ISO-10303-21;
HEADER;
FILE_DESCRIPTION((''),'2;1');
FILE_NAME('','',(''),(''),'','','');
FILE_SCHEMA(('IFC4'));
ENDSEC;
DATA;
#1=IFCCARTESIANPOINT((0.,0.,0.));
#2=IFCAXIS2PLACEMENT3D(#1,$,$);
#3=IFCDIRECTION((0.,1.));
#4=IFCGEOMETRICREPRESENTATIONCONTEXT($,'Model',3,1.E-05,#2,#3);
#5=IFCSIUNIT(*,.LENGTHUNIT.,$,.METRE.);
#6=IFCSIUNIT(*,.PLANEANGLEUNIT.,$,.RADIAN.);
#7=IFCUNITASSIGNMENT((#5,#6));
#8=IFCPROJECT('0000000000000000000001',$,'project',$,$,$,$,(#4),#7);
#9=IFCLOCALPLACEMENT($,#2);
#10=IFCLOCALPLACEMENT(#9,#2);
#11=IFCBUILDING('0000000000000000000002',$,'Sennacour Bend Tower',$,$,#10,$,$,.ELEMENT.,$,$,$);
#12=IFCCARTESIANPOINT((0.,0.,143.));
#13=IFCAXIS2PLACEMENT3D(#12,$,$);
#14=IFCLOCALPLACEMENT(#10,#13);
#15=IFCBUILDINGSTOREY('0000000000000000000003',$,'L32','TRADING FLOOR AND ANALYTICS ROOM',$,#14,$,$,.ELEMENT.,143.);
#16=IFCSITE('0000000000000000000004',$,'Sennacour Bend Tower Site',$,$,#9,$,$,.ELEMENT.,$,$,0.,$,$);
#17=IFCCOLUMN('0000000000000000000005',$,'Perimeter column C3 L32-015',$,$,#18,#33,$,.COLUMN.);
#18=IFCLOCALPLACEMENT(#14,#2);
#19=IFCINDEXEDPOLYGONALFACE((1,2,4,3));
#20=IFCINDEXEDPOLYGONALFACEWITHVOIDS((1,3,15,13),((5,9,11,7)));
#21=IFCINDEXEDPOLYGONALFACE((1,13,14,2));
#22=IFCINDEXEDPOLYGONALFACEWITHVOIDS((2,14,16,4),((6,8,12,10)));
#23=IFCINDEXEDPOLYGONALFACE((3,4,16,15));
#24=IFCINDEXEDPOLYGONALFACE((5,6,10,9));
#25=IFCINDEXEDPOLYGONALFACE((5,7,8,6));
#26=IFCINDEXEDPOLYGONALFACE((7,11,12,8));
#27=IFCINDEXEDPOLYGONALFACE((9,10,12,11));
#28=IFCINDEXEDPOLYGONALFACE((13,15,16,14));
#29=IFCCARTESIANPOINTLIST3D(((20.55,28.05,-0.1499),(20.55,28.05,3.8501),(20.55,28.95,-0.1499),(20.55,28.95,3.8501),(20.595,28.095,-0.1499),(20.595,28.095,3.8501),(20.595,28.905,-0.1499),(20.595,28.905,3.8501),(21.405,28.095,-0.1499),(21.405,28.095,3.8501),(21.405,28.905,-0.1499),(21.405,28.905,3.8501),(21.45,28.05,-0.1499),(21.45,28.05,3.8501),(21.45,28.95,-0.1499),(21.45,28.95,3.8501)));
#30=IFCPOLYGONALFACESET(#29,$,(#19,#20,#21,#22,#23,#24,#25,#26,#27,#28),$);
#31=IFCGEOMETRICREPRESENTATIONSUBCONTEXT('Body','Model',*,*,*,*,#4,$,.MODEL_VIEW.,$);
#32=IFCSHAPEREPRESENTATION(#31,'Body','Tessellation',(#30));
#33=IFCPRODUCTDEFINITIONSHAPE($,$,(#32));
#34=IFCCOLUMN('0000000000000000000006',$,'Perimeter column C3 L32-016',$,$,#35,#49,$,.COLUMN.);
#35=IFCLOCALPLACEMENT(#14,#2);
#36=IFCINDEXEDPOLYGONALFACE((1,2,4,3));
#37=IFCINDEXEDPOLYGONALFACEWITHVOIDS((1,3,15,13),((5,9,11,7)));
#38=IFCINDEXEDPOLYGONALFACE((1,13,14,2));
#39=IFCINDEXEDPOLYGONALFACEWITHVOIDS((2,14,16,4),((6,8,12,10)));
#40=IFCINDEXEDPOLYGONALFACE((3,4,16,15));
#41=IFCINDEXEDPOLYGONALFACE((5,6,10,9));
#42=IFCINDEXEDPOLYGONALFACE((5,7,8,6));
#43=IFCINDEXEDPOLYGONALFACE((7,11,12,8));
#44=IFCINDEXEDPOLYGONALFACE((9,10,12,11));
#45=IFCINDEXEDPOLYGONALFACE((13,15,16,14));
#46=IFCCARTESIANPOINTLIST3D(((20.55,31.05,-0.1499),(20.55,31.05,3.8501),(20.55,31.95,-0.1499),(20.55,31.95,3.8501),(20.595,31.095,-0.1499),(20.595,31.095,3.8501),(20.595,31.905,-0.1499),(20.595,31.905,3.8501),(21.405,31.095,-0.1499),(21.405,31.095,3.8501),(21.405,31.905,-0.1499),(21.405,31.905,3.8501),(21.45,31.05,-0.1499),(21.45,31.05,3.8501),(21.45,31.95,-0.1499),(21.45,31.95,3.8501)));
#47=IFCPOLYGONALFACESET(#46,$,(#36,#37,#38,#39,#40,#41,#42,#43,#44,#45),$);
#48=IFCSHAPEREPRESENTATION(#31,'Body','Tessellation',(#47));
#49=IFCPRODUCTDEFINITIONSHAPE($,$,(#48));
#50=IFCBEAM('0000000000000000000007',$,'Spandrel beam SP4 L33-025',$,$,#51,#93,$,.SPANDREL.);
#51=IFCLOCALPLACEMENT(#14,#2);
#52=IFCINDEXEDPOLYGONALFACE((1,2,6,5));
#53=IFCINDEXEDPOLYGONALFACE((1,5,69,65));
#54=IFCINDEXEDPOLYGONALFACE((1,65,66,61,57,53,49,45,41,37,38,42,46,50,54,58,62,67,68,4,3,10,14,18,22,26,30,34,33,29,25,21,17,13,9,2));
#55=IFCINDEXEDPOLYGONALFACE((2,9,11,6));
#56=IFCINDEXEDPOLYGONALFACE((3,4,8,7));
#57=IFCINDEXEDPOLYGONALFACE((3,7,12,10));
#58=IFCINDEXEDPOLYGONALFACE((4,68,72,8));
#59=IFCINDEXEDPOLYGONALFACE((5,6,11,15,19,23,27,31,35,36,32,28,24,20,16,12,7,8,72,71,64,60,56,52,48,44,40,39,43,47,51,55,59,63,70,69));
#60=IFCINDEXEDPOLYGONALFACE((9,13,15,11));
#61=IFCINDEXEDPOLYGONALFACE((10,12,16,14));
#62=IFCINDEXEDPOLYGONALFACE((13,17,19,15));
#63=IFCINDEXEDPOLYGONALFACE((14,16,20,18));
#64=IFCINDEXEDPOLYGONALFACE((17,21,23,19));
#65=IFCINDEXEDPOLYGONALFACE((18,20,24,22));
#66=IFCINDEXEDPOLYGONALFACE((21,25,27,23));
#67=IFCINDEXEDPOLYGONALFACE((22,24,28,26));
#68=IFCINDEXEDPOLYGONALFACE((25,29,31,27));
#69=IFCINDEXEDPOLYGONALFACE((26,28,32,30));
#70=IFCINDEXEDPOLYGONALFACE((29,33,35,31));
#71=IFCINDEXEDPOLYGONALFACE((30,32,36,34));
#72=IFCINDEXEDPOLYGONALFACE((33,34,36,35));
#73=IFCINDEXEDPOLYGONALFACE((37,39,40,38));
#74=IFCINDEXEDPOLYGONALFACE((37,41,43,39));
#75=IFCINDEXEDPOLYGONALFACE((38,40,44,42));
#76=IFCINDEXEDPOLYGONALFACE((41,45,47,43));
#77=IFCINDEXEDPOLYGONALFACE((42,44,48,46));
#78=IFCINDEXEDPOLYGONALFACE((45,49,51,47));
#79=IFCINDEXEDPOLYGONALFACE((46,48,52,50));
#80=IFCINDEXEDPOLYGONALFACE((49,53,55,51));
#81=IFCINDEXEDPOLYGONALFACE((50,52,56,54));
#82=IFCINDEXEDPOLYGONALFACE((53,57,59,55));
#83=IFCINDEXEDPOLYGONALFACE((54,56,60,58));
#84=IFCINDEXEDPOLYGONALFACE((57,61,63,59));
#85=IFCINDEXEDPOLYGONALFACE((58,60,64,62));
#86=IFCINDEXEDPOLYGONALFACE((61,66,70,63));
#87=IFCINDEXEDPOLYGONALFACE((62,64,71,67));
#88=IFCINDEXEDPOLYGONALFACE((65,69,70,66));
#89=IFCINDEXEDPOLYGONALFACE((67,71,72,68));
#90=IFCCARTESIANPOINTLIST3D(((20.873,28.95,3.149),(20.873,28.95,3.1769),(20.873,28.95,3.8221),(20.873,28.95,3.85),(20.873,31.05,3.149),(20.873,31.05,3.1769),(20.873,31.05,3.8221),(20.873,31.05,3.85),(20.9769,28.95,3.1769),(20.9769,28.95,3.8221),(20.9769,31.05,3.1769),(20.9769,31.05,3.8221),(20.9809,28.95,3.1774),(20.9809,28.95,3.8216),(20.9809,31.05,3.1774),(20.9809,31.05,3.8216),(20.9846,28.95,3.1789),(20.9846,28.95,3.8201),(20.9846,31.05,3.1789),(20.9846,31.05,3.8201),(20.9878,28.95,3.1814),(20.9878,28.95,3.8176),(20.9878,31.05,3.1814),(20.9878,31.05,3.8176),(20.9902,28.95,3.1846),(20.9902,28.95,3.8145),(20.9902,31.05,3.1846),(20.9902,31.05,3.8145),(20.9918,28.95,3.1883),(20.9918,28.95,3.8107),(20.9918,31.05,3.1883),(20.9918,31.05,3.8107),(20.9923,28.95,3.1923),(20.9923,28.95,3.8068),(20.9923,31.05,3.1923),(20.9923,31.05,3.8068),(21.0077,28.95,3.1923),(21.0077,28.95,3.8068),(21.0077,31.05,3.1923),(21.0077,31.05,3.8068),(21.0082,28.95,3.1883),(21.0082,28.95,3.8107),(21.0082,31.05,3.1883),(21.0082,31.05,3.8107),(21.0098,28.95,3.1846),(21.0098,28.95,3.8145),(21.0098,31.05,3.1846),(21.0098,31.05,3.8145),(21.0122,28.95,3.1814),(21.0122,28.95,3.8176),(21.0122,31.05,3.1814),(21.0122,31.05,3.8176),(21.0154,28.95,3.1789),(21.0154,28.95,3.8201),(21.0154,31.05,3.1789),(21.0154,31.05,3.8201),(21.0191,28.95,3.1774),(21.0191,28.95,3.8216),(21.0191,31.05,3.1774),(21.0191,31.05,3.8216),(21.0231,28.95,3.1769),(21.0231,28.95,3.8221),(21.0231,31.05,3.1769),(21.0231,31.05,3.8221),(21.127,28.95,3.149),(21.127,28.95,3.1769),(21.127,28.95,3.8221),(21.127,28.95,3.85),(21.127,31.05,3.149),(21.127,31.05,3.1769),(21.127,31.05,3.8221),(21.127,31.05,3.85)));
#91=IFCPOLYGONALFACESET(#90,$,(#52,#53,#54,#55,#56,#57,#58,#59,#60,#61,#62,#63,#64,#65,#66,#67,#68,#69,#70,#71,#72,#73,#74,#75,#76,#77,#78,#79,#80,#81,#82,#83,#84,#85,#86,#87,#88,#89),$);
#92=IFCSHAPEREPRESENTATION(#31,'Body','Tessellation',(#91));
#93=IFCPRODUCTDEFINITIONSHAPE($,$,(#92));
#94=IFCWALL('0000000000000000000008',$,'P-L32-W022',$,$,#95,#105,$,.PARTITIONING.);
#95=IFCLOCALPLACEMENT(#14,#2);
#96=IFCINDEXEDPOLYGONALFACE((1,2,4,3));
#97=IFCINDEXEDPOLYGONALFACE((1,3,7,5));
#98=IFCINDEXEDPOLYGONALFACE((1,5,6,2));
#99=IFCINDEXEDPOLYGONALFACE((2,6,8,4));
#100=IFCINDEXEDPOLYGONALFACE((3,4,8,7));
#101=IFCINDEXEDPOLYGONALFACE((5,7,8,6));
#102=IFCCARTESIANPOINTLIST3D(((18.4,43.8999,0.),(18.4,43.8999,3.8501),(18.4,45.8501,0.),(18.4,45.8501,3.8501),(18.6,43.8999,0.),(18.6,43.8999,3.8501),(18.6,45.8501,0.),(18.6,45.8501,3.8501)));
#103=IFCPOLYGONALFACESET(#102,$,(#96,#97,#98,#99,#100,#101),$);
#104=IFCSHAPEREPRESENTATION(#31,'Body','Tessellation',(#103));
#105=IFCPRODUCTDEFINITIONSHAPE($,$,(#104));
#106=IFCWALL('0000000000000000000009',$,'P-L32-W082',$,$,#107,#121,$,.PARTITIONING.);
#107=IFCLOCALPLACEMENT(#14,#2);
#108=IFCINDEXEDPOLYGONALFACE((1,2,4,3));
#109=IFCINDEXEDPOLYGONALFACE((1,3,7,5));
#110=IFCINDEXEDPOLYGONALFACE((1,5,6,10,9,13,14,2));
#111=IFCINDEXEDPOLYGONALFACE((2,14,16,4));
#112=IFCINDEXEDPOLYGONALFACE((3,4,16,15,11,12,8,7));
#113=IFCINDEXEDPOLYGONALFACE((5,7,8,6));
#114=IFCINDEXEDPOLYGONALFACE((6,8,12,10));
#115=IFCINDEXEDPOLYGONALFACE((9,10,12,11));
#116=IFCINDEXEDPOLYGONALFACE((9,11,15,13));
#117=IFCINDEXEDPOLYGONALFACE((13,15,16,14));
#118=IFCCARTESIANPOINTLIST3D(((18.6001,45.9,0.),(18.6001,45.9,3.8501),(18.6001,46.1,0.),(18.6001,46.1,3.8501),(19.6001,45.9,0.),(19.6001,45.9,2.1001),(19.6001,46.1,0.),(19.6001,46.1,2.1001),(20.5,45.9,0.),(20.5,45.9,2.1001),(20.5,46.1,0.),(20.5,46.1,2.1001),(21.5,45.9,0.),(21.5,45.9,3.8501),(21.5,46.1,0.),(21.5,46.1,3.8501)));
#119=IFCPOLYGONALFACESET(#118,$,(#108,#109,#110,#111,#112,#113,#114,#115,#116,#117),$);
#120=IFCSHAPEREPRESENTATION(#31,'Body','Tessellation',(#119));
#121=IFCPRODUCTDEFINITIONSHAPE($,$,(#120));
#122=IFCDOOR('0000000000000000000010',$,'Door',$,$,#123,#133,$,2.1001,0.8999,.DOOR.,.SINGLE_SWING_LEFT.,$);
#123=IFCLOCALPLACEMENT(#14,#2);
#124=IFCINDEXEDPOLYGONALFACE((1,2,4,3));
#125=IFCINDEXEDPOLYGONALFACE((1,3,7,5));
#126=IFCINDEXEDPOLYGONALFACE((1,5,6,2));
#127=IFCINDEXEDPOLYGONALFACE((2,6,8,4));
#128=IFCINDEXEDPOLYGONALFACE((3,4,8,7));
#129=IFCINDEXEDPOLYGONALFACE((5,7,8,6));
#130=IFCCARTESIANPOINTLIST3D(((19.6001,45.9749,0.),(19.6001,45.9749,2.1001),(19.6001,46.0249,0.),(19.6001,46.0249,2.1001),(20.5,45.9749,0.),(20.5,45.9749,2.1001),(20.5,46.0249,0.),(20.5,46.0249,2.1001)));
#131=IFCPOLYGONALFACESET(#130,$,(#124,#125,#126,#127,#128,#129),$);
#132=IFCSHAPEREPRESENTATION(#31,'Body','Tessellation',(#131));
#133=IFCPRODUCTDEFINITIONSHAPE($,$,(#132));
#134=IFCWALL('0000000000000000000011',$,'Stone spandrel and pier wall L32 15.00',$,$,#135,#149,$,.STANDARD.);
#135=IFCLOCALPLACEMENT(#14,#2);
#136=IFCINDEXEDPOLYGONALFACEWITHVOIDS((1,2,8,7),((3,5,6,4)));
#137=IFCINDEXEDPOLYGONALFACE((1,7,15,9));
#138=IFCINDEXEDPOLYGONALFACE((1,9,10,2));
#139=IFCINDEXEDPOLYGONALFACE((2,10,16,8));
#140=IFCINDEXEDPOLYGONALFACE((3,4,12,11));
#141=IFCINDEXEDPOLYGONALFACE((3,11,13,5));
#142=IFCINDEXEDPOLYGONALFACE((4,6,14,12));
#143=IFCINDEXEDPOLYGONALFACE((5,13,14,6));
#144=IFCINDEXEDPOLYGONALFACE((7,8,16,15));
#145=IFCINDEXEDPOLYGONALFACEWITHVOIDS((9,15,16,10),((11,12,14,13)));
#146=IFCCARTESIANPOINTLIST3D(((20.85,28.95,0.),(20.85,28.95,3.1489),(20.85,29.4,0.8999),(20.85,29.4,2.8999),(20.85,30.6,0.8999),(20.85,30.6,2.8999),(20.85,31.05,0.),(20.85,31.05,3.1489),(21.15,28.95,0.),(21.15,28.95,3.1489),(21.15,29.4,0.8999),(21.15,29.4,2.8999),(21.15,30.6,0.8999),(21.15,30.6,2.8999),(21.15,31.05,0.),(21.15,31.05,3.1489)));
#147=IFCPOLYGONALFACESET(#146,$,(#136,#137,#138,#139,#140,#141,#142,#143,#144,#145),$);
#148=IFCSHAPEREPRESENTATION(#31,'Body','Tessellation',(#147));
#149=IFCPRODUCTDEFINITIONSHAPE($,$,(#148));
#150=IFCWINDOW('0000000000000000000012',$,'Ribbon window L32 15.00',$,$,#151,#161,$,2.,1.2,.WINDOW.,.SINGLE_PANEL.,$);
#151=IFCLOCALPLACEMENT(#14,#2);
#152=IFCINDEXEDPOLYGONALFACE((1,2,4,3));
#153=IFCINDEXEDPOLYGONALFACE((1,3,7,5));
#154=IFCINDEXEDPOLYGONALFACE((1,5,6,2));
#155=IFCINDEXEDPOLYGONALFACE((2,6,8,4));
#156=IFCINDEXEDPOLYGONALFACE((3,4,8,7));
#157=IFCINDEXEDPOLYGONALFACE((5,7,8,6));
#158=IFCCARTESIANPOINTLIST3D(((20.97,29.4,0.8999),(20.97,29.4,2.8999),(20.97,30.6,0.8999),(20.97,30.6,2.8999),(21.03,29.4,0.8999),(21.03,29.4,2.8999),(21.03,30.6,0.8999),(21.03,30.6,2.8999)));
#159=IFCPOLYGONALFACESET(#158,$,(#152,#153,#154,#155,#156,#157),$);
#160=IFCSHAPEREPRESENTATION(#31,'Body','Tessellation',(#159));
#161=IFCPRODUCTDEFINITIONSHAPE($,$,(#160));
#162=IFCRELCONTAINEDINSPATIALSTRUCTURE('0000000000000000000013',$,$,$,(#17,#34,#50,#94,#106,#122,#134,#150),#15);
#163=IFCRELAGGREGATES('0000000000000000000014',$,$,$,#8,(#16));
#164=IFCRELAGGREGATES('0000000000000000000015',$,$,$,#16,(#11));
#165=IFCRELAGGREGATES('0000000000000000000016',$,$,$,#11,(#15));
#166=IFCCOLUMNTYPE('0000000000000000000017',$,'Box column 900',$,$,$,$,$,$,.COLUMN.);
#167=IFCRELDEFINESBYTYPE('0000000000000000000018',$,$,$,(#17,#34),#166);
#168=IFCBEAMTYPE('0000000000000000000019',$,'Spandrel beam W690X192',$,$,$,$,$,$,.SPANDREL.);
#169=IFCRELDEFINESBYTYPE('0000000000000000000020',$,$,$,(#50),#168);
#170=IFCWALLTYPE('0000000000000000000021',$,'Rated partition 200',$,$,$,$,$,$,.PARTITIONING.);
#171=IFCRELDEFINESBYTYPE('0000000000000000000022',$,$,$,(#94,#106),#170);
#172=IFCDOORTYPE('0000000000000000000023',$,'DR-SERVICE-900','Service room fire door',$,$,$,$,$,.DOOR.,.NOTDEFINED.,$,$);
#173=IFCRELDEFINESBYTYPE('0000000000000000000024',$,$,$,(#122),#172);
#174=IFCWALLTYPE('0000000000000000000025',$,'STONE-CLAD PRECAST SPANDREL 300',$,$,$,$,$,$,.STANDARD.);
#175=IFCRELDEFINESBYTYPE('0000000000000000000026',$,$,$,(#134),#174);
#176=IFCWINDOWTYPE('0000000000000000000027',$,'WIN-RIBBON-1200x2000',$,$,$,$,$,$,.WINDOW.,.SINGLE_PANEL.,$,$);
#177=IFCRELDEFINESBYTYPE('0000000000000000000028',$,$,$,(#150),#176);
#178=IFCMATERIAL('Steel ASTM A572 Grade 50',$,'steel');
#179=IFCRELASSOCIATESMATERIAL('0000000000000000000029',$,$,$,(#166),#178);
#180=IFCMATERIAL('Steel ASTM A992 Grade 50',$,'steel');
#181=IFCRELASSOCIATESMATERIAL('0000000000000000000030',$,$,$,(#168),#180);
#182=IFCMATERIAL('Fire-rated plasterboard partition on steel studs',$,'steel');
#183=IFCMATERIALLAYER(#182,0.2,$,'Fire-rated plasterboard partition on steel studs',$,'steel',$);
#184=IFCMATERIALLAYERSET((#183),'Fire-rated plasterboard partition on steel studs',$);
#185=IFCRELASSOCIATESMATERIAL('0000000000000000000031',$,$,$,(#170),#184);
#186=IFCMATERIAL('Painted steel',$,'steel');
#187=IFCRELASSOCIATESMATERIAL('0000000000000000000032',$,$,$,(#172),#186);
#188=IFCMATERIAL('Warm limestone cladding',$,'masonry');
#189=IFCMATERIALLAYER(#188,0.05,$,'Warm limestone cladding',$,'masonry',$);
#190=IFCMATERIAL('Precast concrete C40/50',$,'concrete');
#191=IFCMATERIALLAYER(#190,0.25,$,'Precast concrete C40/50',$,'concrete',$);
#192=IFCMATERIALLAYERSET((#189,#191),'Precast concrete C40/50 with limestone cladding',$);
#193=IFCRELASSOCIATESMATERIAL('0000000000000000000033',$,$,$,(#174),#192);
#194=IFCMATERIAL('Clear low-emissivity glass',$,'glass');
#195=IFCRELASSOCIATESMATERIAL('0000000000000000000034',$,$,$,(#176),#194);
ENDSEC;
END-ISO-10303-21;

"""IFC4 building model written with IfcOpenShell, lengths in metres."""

from ifc_helpers import new_model, si_unit, direction, frame, frame_2d, origin, origin_2d, place, context, subcontext, project, spatial, rectangle, hollow_rectangle, i_section, extrude, material, layer, layer_set, material_profile, profile_set, type_object, element, fill, save


model = new_model("IFC4")

# Units and contexts
model_context = context("Model", 3, precision=1e-05, world=origin(), true_north=direction((0.0, 1.0)))
body_context = subcontext(model_context, "Body", "Model", "MODEL_VIEW")
ifc_project = project(units=[si_unit("LENGTHUNIT", "METRE"), si_unit("PLANEANGLEUNIT", "RADIAN")], contexts=[model_context])

# Site, building, storey
site_placement = place(None, origin())
site = spatial("IfcSite", under=ifc_project, at=site_placement, Name="Sennacour Bend Tower Site", CompositionType="ELEMENT", RefElevation=0.0)
building_placement = place(site_placement, origin())
building = spatial("IfcBuilding", under=site, at=building_placement, Name="Sennacour Bend Tower", CompositionType="ELEMENT")
storey_placement = place(building_placement, frame((0.0, 0.0, 143.0)))
storey = spatial("IfcBuildingStorey", under=building, at=storey_placement, Name="L32", Description="TRADING FLOOR AND ANALYTICS ROOM", CompositionType="ELEMENT", Elevation=143.0)

# Columns
ifc_material_1 = material(Name="Steel ASTM A572 Grade 50", Category="steel")
ifc_material_profile_1 = material_profile(ifc_material_1, hollow_rectangle(XDim=0.8999, YDim=0.8999, WallThickness=0.0449, at=origin_2d()), Name="Steel ASTM A572 Grade 50", Category="steel")
ifc_profile_set_1 = profile_set([ifc_material_profile_1], Name="Steel ASTM A572 Grade 50")
column_type = type_object("IfcColumnType", Name="Box column 900", PredefinedType="COLUMN", material=ifc_profile_set_1)
for number, where, z_axis, x_axis, name in (
    (1, (21.0, 28.5, -0.1499), (0.0, 0.0, 1.0), (1.0, 0.0, 0.0), "Perimeter column C3 L32-015"),
    (2, (21.0, 31.5, -0.1499), (0.0, 0.0, 1.0), (1.0, 0.0, 0.0), "Perimeter column C3 L32-016"),
):
    element("IfcColumn", number, at=place(storey_placement, frame(where, z_axis=z_axis, x_axis=x_axis)), inside=storey, type_object=column_type, Name=name, PredefinedType="COLUMN", context=body_context, shape_type="SweptSolid", body=[
        extrude(hollow_rectangle(XDim=0.8999, YDim=0.8999, WallThickness=0.0449, at=origin_2d()), origin(), (0.0, 0.0, 1.0), 4.0),
    ])

# Beam
ifc_material_2 = material(Name="Steel ASTM A992 Grade 50", Category="steel")
ifc_material_profile_2 = material_profile(ifc_material_2, i_section(OverallWidth=0.2539, OverallDepth=0.7009, WebThickness=0.0154, FlangeThickness=0.0278, FilletRadius=0.0154, at=origin_2d()), Name="Steel ASTM A992 Grade 50", Category="steel")
ifc_profile_set_2 = profile_set([ifc_material_profile_2], Name="Steel ASTM A992 Grade 50")
beam_type = type_object("IfcBeamType", Name="Spandrel beam W690X192", PredefinedType="SPANDREL", material=ifc_profile_set_2)
beam_placement = place(storey_placement, frame((21.0, 31.05, 3.4995), z_axis=(0.0, -1.0, 0.0), x_axis=(1.0, 0.0, 0.0)))
element("IfcBeam", 3, at=beam_placement, inside=storey, type_object=beam_type, Name="Spandrel beam SP4 L33-025", PredefinedType="SPANDREL", context=body_context, shape_type="SweptSolid", body=[
    extrude(i_section(OverallWidth=0.2539, OverallDepth=0.7009, WebThickness=0.0154, FlangeThickness=0.0278, FilletRadius=0.0154, at=origin_2d()), origin(), (0.0, 0.0, 1.0), 2.1001),
])

# Wall
ifc_material_3 = material(Name="Fire-rated plasterboard partition on steel studs", Category="steel")
ifc_layer_1 = layer(ifc_material_3, 0.2, Name="Fire-rated plasterboard partition on steel studs", Category="steel")
ifc_layer_set_1 = layer_set([ifc_layer_1], Name="Fire-rated plasterboard partition on steel studs")
wall_type_1 = type_object("IfcWallType", Name="Rated partition 200", PredefinedType="PARTITIONING", material=ifc_layer_set_1)
wall_1_placement = place(storey_placement, frame((18.5, 43.8999, 0.0), z_axis=(0.0, 0.0, 1.0), x_axis=(0.0, 1.0, 0.0)))
element("IfcWall", 4, at=wall_1_placement, inside=storey, type_object=wall_type_1, Name="P-L32-W022", PredefinedType="PARTITIONING", context=body_context, shape_type="SweptSolid", body=[
    extrude(rectangle(XDim=1.9502, YDim=0.2, at=frame_2d((0.9751, 0.0))), origin(), (0.0, 0.0, 1.0), 3.8501),
])

# Wall, opening, door
wall_2_placement = place(storey_placement, frame((18.6001, 46.0, 0.0), z_axis=(0.0, 0.0, 1.0), x_axis=(1.0, 0.0, 0.0)))
wall_2 = element("IfcWall", 5, at=wall_2_placement, inside=storey, type_object=wall_type_1, Name="P-L32-W082", PredefinedType="PARTITIONING", context=body_context, shape_type="SweptSolid", body=[
    extrude(rectangle(XDim=2.8999, YDim=0.2, at=frame_2d((1.45, 0.0))), origin(), (0.0, 0.0, 1.0), 3.8501),
])
opening_1_placement = place(wall_2_placement, frame((1.0, 0.0, 0.0)))
opening_1 = element("IfcOpeningElement", 6, at=opening_1_placement, cuts=wall_2, PredefinedType="OPENING", context=body_context, shape_type="SweptSolid", body=[
    extrude(rectangle(XDim=0.8999, YDim=2.1001, at=frame_2d((0.45, 1.05))), frame((0.0, 0.1099, 0.0), z_axis=(0.0, -1.0, 0.0), x_axis=(1.0, 0.0, 0.0)), (0.0, 0.0, 1.0), 0.22),
])
ifc_material_4 = material(Name="Painted steel", Category="steel")
door_type = type_object("IfcDoorType", Name="DR-SERVICE-900", Description="Service room fire door", OperationType="NOTDEFINED", PredefinedType="DOOR", material=ifc_material_4)
door_placement = place(opening_1_placement, origin())
door = element("IfcDoor", 7, at=door_placement, inside=storey, type_object=door_type, Name="Door", OperationType="SINGLE_SWING_LEFT", OverallHeight=2.1001, OverallWidth=0.8999, PredefinedType="DOOR", context=body_context, shape_type="SweptSolid", body=[
    extrude(rectangle(XDim=0.8999, YDim=2.1001, at=frame_2d((0.45, 1.05))), frame((0.0, 0.0249, 0.0), z_axis=(0.0, -1.0, 0.0), x_axis=(1.0, 0.0, 0.0)), (0.0, 0.0, 1.0), 0.05),
])
fill(opening_1, door)

# Wall, opening, window
ifc_material_5 = material(Name="Warm limestone cladding", Category="masonry")
ifc_layer_2 = layer(ifc_material_5, 0.05, Name="Warm limestone cladding", Category="masonry")
ifc_material_6 = material(Name="Precast concrete C40/50", Category="concrete")
ifc_layer_3 = layer(ifc_material_6, 0.25, Name="Precast concrete C40/50", Category="concrete")
ifc_layer_set_2 = layer_set([ifc_layer_2, ifc_layer_3], Name="Precast concrete C40/50 with limestone cladding")
wall_type_2 = type_object("IfcWallType", Name="STONE-CLAD PRECAST SPANDREL 300", PredefinedType="STANDARD", material=ifc_layer_set_2)
wall_3_placement = place(storey_placement, frame((21.0, 28.95, 0.0), z_axis=(0.0, 0.0, 1.0), x_axis=(0.0, 1.0, 0.0)))
wall_3 = element("IfcWall", 8, at=wall_3_placement, inside=storey, type_object=wall_type_2, Name="Stone spandrel and pier wall L32 15.00", PredefinedType="STANDARD", context=body_context, shape_type="SweptSolid", body=[
    extrude(rectangle(XDim=2.1001, YDim=0.3, at=frame_2d((1.05, 0.0))), origin(), (0.0, 0.0, 1.0), 3.1489),
])
opening_2_placement = place(wall_3_placement, frame((0.45, 0.0, 0.8999)))
opening_2 = element("IfcOpeningElement", 9, at=opening_2_placement, cuts=wall_3, PredefinedType="OPENING", context=body_context, shape_type="SweptSolid", body=[
    extrude(rectangle(XDim=1.2, YDim=2.0, at=frame_2d((0.6001, 1.0))), frame((0.0, 0.1602, 0.0), z_axis=(0.0, -1.0, 0.0), x_axis=(1.0, 0.0, 0.0)), (0.0, 0.0, 1.0), 0.3201),
])
ifc_material_7 = material(Name="Clear low-emissivity glass", Category="glass")
window_type_1 = type_object("IfcWindowType", Name="WIN-RIBBON-1200x2000", PartitioningType="SINGLE_PANEL", PredefinedType="WINDOW", material=ifc_material_7)
window_1_placement = place(opening_2_placement, origin())
window_1 = element("IfcWindow", 10, at=window_1_placement, inside=storey, type_object=window_type_1, Name="Ribbon window L32 15.00", OverallHeight=2.0, OverallWidth=1.2, PartitioningType="SINGLE_PANEL", PredefinedType="WINDOW", context=body_context, shape_type="SweptSolid", body=[
    extrude(rectangle(XDim=1.2, YDim=2.0, at=frame_2d((0.6001, 1.0))), frame((0.0, 0.03, 0.0), z_axis=(0.0, -1.0, 0.0), x_axis=(1.0, 0.0, 0.0)), (0.0, 0.0, 1.0), 0.0601),
])
fill(opening_2, window_1)

save(model, "model.ifc")
